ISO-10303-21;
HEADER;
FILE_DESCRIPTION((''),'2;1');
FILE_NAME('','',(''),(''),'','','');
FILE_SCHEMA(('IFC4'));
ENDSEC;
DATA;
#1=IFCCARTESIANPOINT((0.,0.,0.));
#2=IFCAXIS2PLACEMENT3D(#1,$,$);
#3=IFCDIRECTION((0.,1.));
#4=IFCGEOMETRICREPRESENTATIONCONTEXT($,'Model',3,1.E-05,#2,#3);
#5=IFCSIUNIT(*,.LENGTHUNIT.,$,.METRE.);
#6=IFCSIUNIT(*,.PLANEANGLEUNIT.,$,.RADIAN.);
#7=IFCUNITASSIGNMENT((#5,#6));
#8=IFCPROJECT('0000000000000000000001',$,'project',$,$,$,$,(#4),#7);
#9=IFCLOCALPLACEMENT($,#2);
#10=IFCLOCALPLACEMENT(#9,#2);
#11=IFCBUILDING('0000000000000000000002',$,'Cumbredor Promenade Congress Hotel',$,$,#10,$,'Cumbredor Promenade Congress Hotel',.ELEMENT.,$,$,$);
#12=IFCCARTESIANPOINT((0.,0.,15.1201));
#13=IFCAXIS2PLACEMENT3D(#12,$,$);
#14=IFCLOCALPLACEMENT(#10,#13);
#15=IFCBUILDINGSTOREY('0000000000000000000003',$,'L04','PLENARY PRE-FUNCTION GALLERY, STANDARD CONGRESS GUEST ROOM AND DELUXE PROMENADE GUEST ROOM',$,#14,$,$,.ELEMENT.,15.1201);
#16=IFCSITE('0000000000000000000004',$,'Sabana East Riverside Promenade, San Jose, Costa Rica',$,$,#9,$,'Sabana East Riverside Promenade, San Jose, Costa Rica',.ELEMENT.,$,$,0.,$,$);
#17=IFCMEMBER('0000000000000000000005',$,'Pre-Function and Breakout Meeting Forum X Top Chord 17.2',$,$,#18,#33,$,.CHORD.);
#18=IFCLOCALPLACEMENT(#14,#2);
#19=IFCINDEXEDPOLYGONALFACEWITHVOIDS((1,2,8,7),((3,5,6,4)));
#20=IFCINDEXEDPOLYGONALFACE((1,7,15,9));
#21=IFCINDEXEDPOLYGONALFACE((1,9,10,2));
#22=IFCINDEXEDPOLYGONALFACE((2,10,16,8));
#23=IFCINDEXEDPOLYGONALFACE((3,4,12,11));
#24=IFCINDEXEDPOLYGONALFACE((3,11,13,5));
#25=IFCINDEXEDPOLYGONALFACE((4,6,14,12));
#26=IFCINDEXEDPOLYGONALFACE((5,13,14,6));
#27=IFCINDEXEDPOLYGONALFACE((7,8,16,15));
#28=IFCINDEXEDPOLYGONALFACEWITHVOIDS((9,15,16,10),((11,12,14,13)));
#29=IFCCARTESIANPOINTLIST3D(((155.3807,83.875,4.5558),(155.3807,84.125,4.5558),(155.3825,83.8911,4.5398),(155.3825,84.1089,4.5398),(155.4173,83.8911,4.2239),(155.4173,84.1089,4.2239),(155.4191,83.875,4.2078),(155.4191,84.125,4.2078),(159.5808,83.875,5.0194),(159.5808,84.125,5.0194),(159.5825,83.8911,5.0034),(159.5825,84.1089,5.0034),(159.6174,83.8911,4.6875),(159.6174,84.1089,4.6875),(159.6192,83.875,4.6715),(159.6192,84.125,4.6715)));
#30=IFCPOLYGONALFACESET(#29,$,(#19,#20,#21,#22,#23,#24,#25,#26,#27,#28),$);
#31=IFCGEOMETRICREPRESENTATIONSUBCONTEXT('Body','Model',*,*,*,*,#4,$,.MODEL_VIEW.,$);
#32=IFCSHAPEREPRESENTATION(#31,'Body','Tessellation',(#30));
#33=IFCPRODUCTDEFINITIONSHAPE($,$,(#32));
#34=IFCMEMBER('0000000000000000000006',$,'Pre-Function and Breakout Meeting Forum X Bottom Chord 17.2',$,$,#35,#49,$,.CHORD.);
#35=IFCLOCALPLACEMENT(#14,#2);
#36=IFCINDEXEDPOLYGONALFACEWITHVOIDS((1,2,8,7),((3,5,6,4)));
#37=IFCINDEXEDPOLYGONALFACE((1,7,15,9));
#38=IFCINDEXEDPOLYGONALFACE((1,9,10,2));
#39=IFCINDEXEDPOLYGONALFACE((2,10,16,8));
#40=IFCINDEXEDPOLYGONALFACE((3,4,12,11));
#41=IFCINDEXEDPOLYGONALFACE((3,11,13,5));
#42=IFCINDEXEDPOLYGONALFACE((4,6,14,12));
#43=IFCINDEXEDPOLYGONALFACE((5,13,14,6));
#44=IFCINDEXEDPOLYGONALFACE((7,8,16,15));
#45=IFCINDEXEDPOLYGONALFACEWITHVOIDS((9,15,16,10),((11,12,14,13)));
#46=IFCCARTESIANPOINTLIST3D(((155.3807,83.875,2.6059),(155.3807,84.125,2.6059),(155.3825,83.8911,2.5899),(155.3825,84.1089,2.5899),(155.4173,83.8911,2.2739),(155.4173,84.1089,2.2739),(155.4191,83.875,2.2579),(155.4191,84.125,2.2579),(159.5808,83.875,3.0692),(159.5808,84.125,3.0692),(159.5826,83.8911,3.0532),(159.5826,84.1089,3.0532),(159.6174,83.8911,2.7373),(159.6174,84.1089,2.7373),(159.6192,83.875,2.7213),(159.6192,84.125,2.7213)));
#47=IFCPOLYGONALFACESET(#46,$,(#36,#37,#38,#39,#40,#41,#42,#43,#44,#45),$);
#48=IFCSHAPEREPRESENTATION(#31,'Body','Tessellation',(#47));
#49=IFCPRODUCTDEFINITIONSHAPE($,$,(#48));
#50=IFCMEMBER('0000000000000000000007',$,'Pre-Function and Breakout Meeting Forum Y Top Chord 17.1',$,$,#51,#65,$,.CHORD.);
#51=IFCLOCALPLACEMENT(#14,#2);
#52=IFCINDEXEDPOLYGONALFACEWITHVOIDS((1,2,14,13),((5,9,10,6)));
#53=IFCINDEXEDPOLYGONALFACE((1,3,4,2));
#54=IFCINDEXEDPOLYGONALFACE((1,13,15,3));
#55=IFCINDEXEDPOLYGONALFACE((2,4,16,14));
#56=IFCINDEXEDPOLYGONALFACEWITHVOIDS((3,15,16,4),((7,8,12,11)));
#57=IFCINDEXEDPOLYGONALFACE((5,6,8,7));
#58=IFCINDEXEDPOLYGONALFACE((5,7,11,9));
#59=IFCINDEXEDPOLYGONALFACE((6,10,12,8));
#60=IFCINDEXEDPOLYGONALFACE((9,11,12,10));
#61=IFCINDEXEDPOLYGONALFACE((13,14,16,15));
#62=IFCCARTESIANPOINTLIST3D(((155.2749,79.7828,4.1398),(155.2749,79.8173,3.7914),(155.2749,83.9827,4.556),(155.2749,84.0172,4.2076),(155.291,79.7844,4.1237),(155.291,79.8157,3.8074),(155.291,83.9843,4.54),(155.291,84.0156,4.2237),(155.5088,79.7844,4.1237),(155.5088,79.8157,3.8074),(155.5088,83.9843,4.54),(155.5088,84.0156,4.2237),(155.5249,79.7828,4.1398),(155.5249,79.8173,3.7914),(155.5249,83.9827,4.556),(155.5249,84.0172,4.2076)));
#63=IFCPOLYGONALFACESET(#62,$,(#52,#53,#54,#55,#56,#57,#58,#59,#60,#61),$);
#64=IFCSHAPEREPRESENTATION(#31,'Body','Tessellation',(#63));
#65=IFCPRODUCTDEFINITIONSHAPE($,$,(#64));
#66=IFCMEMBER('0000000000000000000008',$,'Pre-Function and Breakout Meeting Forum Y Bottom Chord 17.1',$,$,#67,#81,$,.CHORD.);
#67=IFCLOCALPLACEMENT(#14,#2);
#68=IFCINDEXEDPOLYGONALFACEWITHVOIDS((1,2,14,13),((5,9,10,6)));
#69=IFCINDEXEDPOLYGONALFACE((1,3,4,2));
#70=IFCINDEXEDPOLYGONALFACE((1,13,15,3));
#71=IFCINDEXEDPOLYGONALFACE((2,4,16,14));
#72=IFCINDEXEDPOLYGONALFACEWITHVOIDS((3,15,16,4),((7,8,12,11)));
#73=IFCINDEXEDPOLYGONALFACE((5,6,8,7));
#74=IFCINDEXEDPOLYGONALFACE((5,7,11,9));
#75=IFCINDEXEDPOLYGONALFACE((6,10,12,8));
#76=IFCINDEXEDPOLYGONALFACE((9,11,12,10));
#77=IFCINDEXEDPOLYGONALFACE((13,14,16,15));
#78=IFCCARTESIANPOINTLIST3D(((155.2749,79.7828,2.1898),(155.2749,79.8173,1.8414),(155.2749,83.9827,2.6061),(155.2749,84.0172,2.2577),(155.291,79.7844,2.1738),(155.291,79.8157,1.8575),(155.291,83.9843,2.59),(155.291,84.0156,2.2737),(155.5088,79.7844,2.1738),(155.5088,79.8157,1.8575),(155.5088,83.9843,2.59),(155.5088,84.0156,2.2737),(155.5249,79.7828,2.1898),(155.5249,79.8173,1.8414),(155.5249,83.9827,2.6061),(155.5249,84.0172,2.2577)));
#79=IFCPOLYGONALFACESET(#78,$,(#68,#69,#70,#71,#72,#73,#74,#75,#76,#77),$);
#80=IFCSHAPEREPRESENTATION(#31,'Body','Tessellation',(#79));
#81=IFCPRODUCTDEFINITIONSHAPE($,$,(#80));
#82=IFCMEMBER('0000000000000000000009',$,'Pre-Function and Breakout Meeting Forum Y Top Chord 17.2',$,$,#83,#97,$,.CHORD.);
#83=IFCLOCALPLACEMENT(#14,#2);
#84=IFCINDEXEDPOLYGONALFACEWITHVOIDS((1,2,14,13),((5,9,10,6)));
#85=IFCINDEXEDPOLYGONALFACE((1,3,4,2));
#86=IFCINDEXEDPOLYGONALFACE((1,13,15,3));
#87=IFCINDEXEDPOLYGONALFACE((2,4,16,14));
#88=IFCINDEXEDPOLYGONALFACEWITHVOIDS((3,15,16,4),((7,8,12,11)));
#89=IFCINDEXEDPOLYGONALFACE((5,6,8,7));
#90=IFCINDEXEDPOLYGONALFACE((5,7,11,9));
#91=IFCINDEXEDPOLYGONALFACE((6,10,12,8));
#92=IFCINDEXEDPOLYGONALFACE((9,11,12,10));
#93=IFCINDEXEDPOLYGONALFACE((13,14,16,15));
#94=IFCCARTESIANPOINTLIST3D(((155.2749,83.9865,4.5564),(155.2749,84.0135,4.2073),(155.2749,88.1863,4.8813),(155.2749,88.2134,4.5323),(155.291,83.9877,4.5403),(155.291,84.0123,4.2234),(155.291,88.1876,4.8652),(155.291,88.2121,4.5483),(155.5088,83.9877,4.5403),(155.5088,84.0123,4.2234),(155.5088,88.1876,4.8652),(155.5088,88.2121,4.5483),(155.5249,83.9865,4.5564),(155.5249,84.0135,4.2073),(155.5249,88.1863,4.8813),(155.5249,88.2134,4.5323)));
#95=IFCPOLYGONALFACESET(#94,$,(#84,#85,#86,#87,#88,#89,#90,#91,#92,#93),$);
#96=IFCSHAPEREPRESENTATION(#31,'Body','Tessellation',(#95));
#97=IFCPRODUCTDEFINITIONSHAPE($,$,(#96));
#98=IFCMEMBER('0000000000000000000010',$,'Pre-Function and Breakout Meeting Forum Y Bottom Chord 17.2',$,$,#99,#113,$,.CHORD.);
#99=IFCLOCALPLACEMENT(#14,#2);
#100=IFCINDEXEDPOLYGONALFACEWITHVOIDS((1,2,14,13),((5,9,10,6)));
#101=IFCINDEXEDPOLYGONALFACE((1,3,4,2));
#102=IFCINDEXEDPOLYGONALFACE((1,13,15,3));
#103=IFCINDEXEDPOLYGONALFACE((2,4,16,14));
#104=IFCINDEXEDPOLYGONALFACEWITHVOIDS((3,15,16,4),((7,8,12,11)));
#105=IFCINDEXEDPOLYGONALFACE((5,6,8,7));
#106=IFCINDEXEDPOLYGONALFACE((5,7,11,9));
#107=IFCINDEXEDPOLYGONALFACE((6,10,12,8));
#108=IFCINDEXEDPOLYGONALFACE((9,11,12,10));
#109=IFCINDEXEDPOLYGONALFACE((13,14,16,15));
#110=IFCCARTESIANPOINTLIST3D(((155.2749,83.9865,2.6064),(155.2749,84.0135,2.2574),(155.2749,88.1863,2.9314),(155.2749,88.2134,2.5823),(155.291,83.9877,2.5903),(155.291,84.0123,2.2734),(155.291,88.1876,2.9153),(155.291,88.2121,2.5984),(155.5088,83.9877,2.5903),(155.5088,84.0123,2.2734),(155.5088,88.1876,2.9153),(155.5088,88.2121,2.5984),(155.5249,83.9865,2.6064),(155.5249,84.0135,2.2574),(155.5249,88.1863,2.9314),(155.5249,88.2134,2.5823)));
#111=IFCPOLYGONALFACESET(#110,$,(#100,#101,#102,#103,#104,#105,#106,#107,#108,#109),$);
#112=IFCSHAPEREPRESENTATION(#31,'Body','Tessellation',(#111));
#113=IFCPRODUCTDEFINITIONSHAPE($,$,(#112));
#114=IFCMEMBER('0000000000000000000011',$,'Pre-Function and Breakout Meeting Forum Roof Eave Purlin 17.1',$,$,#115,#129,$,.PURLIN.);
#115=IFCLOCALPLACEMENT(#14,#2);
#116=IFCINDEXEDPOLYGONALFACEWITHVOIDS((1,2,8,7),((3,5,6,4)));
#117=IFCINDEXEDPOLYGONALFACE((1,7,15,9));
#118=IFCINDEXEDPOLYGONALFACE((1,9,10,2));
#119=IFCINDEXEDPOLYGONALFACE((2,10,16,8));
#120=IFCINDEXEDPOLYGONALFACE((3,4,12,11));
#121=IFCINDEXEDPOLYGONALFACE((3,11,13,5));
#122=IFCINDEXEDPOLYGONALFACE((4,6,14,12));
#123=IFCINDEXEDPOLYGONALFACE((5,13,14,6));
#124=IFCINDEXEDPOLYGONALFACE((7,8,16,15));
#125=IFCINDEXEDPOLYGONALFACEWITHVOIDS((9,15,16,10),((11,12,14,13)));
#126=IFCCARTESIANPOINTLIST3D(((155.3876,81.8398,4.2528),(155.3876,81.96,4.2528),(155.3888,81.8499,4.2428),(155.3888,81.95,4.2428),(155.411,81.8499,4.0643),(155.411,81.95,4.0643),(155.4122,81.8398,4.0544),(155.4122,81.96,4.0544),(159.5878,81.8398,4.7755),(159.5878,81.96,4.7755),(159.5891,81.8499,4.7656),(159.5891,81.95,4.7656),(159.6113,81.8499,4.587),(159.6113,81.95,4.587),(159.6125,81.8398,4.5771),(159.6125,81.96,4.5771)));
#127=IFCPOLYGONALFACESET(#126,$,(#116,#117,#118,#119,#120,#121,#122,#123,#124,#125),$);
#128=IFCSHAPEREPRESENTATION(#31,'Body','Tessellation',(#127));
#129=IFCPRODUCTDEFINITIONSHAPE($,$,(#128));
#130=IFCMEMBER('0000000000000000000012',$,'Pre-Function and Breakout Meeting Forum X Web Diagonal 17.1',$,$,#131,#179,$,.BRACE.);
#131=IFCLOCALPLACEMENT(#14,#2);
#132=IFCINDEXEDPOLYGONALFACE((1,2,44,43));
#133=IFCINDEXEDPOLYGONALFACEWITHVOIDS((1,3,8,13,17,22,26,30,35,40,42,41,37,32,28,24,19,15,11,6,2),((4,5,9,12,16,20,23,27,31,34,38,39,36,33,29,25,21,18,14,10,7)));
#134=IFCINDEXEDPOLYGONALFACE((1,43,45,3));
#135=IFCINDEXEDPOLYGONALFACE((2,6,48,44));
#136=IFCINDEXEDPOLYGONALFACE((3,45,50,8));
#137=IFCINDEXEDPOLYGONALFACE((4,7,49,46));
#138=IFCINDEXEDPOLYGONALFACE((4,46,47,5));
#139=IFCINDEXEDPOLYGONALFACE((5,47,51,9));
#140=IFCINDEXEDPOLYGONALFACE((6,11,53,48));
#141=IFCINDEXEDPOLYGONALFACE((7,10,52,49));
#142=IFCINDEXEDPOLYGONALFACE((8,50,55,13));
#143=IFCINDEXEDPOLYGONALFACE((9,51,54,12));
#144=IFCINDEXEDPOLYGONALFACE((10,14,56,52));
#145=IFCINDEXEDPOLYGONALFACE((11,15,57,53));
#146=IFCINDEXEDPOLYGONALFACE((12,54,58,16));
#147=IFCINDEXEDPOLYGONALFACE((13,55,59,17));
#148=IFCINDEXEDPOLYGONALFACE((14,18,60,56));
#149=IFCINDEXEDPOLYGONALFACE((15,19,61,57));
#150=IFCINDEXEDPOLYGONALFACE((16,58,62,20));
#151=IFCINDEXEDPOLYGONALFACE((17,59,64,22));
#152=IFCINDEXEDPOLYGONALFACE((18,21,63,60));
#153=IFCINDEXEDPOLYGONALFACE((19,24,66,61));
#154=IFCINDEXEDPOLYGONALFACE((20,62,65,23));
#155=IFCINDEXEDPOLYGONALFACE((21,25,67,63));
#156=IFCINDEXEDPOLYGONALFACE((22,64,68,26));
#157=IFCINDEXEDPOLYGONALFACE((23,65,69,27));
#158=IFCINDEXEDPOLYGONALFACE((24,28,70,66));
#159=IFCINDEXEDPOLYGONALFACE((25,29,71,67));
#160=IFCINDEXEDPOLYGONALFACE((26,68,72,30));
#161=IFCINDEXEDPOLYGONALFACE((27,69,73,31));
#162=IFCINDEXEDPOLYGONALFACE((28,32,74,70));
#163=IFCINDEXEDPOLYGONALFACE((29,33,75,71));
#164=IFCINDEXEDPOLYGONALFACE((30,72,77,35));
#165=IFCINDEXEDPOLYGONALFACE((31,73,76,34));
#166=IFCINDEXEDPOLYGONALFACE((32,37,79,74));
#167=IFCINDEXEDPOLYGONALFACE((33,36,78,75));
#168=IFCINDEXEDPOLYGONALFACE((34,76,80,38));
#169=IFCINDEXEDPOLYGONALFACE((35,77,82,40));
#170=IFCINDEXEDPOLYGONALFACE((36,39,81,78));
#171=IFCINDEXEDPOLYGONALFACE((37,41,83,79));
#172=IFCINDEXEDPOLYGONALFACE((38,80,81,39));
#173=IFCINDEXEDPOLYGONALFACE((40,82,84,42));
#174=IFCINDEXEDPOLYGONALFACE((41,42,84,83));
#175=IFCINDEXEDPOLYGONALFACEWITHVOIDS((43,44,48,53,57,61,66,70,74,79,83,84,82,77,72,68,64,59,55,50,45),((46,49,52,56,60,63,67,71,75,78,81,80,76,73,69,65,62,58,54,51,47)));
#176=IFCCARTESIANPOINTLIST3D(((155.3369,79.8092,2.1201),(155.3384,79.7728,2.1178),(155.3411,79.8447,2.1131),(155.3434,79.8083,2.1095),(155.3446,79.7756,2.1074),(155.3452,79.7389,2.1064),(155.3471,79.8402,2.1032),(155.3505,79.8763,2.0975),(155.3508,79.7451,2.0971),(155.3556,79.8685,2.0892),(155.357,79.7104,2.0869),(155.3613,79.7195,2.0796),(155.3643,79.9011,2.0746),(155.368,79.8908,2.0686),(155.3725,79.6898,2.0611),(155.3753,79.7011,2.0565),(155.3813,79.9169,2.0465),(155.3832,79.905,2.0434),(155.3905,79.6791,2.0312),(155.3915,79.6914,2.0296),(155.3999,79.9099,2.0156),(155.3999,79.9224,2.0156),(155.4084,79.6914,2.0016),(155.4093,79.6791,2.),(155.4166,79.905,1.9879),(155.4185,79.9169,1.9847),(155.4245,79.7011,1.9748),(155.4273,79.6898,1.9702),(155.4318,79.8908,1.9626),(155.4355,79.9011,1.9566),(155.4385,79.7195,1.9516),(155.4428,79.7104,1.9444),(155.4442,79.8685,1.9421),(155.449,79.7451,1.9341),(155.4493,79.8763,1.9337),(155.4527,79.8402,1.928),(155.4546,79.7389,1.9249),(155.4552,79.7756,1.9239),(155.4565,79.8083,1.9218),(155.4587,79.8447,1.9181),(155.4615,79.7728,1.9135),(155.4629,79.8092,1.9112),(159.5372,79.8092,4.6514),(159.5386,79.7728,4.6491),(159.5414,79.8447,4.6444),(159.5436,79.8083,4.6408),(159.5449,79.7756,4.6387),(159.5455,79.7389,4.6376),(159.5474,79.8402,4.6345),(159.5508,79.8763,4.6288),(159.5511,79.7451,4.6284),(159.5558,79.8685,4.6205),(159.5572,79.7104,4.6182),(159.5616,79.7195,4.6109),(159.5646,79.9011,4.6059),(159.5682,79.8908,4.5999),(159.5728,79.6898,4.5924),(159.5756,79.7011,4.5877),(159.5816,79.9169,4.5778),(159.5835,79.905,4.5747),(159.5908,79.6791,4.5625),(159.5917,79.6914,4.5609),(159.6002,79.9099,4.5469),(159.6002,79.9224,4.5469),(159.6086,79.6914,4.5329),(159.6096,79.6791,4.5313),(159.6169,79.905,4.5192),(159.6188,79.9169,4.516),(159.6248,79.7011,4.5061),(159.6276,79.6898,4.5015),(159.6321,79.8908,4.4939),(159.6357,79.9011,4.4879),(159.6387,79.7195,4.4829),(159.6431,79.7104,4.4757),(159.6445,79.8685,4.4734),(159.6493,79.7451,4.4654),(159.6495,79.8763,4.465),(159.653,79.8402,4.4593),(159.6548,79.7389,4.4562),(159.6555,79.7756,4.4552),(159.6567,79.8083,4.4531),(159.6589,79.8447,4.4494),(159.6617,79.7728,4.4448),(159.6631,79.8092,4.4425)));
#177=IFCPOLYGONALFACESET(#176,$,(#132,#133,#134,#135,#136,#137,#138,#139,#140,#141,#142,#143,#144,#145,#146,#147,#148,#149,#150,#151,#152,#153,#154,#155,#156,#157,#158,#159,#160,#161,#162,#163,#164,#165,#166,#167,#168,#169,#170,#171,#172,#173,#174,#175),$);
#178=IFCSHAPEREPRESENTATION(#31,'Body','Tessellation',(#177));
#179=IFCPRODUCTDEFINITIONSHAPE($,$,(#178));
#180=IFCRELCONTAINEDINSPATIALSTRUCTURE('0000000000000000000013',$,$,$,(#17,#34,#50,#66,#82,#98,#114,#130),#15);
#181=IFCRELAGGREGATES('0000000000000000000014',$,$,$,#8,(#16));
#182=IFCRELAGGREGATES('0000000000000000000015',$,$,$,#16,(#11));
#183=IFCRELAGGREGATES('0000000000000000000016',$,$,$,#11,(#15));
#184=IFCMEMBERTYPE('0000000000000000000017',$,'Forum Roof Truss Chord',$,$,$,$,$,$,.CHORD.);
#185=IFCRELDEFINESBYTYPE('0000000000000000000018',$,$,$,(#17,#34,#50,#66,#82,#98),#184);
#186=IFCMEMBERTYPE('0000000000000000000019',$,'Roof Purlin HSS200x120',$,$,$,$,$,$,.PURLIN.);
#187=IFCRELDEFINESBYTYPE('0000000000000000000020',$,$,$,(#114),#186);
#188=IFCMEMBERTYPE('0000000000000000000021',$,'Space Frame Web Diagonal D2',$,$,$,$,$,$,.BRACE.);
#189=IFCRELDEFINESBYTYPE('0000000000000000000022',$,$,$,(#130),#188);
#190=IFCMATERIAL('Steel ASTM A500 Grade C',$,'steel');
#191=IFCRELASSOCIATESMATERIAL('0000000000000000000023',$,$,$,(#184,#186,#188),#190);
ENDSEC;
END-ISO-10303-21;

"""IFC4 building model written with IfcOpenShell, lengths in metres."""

from ifc_helpers import new_model, si_unit, direction, frame, origin, origin_2d, place, context, subcontext, project, spatial, hollow_rectangle, hollow_circle, extrude, material, material_profile, profile_set, type_object, element, save


model = new_model("IFC4")

# Units and contexts
model_context = context("Model", 3, precision=1e-05, world=origin(), true_north=direction((0.0, 1.0)))
body_context = subcontext(model_context, "Body", "Model", "MODEL_VIEW")
ifc_project = project(units=[si_unit("LENGTHUNIT", "METRE"), si_unit("PLANEANGLEUNIT", "RADIAN")], contexts=[model_context])

# Site, building, storey
site_placement = place(None, origin())
site = spatial("IfcSite", under=ifc_project, at=site_placement, Name="Sabana East Riverside Promenade, San Jose, Costa Rica", LongName="Sabana East Riverside Promenade, San Jose, Costa Rica", CompositionType="ELEMENT", RefElevation=0.0)
building_placement = place(site_placement, origin())
building = spatial("IfcBuilding", under=site, at=building_placement, Name="Cumbredor Promenade Congress Hotel", LongName="Cumbredor Promenade Congress Hotel", CompositionType="ELEMENT")
storey_placement = place(building_placement, frame((0.0, 0.0, 15.1201)))
storey = spatial("IfcBuildingStorey", under=building, at=storey_placement, Name="L04", Description="PLENARY PRE-FUNCTION GALLERY, STANDARD CONGRESS GUEST ROOM AND DELUXE PROMENADE GUEST ROOM", CompositionType="ELEMENT", Elevation=15.1201)

# Members
ifc_material_1 = material(Name="Steel ASTM A500 Grade C", Category="steel")
ifc_material_profile_1 = material_profile(ifc_material_1, hollow_rectangle(XDim=0.25, YDim=0.3501, WallThickness=0.0161, at=origin_2d()), Name="HSS 350x250x16")
ifc_profile_set_1 = profile_set([ifc_material_profile_1], Name="Steel ASTM A500 Grade C")
member_type_1 = type_object("IfcMemberType", Name="Forum Roof Truss Chord", PredefinedType="CHORD", material=ifc_profile_set_1)
for number, where, z_axis, x_axis, name in (
    (1, (155.3999, 84.0, 4.3818), (0.993963, 0.0, 0.109715), (0.0, 1.0, 0.0), "Pre-Function and Breakout Meeting Forum X Top Chord 17.2"),
    (2, (155.3999, 84.0, 2.4319), (0.993969, 0.0, 0.109658), (0.0, 1.0, 0.0), "Pre-Function and Breakout Meeting Forum X Bottom Chord 17.2"),
):
    element("IfcMember", number, at=place(storey_placement, frame(where, z_axis=z_axis, x_axis=x_axis)), inside=storey, type_object=member_type_1, Name=name, PredefinedType="CHORD", context=body_context, shape_type="SweptSolid", body=[
        extrude(hollow_rectangle(XDim=0.25, YDim=0.3501, WallThickness=0.0161, at=origin_2d()), origin(), (0.0, 0.0, 1.0), 4.2256),
    ])
for number, where, z_axis, x_axis, name in (
    (3, (155.3999, 79.8, 3.9656), (0.0, 0.995124, 0.098627), (-1.0, 0.0, 0.0), "Pre-Function and Breakout Meeting Forum Y Top Chord 17.1"),
    (4, (155.3999, 79.8, 2.0156), (0.0, 0.995124, 0.098627), (-1.0, 0.0, 0.0), "Pre-Function and Breakout Meeting Forum Y Bottom Chord 17.1"),
):
    element("IfcMember", number, at=place(storey_placement, frame(where, z_axis=z_axis, x_axis=x_axis)), inside=storey, type_object=member_type_1, Name=name, PredefinedType="CHORD", context=body_context, shape_type="SweptSolid", body=[
        extrude(hollow_rectangle(XDim=0.25, YDim=0.3501, WallThickness=0.0161, at=origin_2d()), origin(), (0.0, 0.0, 1.0), 4.2205),
    ])
for number, where, z_axis, x_axis, name in (
    (5, (155.3999, 84.0, 4.3818), (0.0, 0.99702, 0.07714), (-1.0, 0.0, 0.0), "Pre-Function and Breakout Meeting Forum Y Top Chord 17.2"),
    (6, (155.3999, 84.0, 2.4319), (0.0, 0.99702, 0.07714), (-1.0, 0.0, 0.0), "Pre-Function and Breakout Meeting Forum Y Bottom Chord 17.2"),
):
    element("IfcMember", number, at=place(storey_placement, frame(where, z_axis=z_axis, x_axis=x_axis)), inside=storey, type_object=member_type_1, Name=name, PredefinedType="CHORD", context=body_context, shape_type="SweptSolid", body=[
        extrude(hollow_rectangle(XDim=0.25, YDim=0.3501, WallThickness=0.0161, at=origin_2d()), origin(), (0.0, 0.0, 1.0), 4.2124),
    ])
ifc_material_profile_2 = material_profile(ifc_material_1, hollow_rectangle(XDim=0.1201, YDim=0.2, WallThickness=0.01, at=origin_2d()), Name="HSS 200x120x10")
ifc_profile_set_2 = profile_set([ifc_material_profile_2], Name="Steel ASTM A500 Grade C")
member_type_2 = type_object("IfcMemberType", Name="Roof Purlin HSS200x120", PredefinedType="PURLIN", material=ifc_profile_set_2)
member_1_placement = place(storey_placement, frame((155.3999, 81.8999, 4.1536), z_axis=(0.992345, 0.0, 0.123495), x_axis=(0.0, 1.0, 0.0)))
element("IfcMember", 7, at=member_1_placement, inside=storey, type_object=member_type_2, Name="Pre-Function and Breakout Meeting Forum Roof Eave Purlin 17.1", PredefinedType="PURLIN", context=body_context, shape_type="SweptSolid", body=[
    extrude(hollow_rectangle(XDim=0.1201, YDim=0.2, WallThickness=0.01, at=origin_2d()), origin(), (0.0, 0.0, 1.0), 4.2327),
])
ifc_material_profile_3 = material_profile(ifc_material_1, hollow_circle(Radius=0.1223, WallThickness=0.0125, at=origin_2d()), Name="CHS 244.5x12.5")
ifc_profile_set_3 = profile_set([ifc_material_profile_3], Name="Steel ASTM A500 Grade C")
member_type_3 = type_object("IfcMemberType", Name="Space Frame Web Diagonal D2", PredefinedType="BRACE", material=ifc_profile_set_3)
member_2_placement = place(storey_placement, frame((155.3999, 79.8, 2.0156), z_axis=(0.85649, 0.0, 0.516164), x_axis=(0.0, 1.0, 0.0)))
element("IfcMember", 8, at=member_2_placement, inside=storey, type_object=member_type_3, Name="Pre-Function and Breakout Meeting Forum X Web Diagonal 17.1", PredefinedType="BRACE", context=body_context, shape_type="SweptSolid", body=[
    extrude(hollow_circle(Radius=0.1223, WallThickness=0.0125, at=origin_2d()), origin(), (0.0, 0.0, 1.0), 4.9041),
])

save(model, "model.ifc")
